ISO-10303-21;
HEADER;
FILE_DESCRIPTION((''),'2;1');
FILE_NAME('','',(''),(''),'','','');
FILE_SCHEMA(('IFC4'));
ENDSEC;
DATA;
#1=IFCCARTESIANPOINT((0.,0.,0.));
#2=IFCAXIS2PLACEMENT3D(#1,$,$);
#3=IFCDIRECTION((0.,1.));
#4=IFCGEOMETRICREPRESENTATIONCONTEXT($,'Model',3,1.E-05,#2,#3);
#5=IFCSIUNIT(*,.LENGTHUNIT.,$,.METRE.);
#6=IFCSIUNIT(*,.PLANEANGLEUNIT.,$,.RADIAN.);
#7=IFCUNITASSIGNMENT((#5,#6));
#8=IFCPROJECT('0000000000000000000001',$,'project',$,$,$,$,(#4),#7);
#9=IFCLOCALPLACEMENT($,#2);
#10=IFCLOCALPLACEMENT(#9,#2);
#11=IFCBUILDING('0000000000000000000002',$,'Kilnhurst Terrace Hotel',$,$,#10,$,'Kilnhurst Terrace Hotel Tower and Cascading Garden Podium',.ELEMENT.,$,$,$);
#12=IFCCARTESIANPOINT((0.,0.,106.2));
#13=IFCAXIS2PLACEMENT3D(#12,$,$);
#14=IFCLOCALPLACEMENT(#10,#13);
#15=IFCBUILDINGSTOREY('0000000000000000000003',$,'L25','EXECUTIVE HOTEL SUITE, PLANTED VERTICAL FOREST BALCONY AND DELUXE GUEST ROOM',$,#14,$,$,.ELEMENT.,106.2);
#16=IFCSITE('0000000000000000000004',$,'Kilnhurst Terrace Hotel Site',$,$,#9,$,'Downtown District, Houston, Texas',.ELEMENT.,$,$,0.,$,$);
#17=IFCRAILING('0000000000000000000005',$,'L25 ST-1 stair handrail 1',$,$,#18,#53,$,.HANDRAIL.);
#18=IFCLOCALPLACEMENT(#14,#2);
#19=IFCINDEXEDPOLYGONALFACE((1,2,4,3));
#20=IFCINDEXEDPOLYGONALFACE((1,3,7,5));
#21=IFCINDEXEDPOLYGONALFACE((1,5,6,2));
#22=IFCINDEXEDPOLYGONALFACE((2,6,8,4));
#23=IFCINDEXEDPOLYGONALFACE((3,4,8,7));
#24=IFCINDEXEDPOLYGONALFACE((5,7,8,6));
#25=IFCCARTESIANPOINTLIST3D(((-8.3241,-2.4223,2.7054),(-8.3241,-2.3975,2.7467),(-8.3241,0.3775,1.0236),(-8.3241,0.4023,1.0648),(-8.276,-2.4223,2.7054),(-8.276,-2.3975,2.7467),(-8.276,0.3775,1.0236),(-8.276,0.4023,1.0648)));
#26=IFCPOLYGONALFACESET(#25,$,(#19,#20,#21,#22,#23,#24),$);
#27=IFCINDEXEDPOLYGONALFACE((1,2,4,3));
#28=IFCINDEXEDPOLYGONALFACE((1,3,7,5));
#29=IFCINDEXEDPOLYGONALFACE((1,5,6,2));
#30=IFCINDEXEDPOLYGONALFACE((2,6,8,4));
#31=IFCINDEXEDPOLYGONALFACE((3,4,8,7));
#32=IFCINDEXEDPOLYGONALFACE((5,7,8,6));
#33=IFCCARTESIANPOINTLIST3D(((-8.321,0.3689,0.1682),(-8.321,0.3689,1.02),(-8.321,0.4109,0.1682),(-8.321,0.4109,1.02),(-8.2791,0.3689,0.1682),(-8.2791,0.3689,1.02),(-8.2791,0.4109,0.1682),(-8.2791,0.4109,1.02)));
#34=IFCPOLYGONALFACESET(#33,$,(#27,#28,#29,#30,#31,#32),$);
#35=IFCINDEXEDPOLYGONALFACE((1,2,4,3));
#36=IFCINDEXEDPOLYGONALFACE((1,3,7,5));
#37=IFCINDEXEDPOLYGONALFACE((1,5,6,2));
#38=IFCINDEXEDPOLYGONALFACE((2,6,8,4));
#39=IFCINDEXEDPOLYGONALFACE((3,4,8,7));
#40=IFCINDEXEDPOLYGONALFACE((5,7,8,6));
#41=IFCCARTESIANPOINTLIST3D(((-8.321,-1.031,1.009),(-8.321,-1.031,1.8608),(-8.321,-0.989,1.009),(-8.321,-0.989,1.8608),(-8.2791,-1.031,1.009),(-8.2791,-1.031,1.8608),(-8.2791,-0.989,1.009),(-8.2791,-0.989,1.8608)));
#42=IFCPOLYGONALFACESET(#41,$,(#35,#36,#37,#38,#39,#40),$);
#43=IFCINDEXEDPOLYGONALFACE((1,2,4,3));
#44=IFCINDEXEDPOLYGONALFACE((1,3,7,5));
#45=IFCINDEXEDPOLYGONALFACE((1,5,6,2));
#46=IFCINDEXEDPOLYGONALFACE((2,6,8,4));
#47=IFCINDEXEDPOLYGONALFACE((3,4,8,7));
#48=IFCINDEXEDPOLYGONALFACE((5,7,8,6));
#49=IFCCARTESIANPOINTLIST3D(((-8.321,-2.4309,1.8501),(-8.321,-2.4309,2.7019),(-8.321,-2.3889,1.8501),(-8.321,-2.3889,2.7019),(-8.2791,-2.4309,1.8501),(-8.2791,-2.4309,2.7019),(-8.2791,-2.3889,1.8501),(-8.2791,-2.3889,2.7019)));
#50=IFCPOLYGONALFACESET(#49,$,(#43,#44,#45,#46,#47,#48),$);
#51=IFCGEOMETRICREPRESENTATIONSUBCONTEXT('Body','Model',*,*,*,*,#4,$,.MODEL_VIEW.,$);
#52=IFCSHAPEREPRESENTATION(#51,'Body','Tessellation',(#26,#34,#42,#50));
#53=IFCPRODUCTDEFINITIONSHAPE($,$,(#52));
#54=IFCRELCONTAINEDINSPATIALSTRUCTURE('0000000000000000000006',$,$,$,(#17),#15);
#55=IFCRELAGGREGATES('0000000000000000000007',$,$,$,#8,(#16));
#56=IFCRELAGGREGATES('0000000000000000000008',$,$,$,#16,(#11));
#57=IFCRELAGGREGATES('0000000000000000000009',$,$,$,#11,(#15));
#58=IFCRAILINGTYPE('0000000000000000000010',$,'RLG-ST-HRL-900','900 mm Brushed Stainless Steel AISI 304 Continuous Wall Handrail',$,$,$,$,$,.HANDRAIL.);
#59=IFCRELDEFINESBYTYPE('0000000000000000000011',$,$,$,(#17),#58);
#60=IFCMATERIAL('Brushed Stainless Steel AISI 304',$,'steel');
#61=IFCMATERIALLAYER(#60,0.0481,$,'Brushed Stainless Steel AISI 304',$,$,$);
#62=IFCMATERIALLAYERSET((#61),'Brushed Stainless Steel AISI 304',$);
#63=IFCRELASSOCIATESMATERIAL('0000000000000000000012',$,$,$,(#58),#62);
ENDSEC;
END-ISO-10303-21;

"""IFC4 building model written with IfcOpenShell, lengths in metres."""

from ifc_helpers import new_model, si_unit, direction, frame, origin, origin_2d, place, context, subcontext, project, spatial, rectangle, extrude, material, layer, layer_set, type_object, element, save


model = new_model("IFC4")

# Units and contexts
model_context = context("Model", 3, precision=1e-05, world=origin(), true_north=direction((0.0, 1.0)))
body_context = subcontext(model_context, "Body", "Model", "MODEL_VIEW")
ifc_project = project(units=[si_unit("LENGTHUNIT", "METRE"), si_unit("PLANEANGLEUNIT", "RADIAN")], contexts=[model_context])

# Site, building, storey
site_placement = place(None, origin())
site = spatial("IfcSite", under=ifc_project, at=site_placement, Name="Kilnhurst Terrace Hotel Site", LongName="Downtown District, Houston, Texas", CompositionType="ELEMENT", RefElevation=0.0)
building_placement = place(site_placement, origin())
building = spatial("IfcBuilding", under=site, at=building_placement, Name="Kilnhurst Terrace Hotel", LongName="Kilnhurst Terrace Hotel Tower and Cascading Garden Podium", CompositionType="ELEMENT")
storey_placement = place(building_placement, frame((0.0, 0.0, 106.2)))
storey = spatial("IfcBuildingStorey", under=building, at=storey_placement, Name="L25", Description="EXECUTIVE HOTEL SUITE, PLANTED VERTICAL FOREST BALCONY AND DELUXE GUEST ROOM", CompositionType="ELEMENT", Elevation=106.2)

# Railing
ifc_material_1 = material(Name="Brushed Stainless Steel AISI 304", Category="steel")
ifc_layer_1 = layer(ifc_material_1, 0.0481, Name="Brushed Stainless Steel AISI 304")
ifc_layer_set_1 = layer_set([ifc_layer_1], Name="Brushed Stainless Steel AISI 304")
railing_type_1 = type_object("IfcRailingType", Name="RLG-ST-HRL-900", Description="900 mm Brushed Stainless Steel AISI 304 Continuous Wall Handrail", PredefinedType="HANDRAIL", material=ifc_layer_set_1)
railing_1_placement = place(storey_placement, frame((-8.3, 0.3899, 0.1682)))
element("IfcRailing", 1, at=railing_1_placement, inside=storey, type_object=railing_type_1, Name="L25 ST-1 stair handrail 1", PredefinedType="HANDRAIL", context=body_context, shape_type="SweptSolid", body=[
    extrude(rectangle(XDim=0.0481, YDim=0.0481, at=origin_2d()), frame((0.0, 0.0, 0.876), z_axis=(0.0, -0.857222, 0.514946), x_axis=(1.0, 0.0, 0.0)), (0.0, 0.0, 1.0), 3.2661),
    extrude(rectangle(XDim=0.042, YDim=0.042, at=origin_2d()), origin(), (0.0, 0.0, 1.0), 0.8518),
    extrude(rectangle(XDim=0.042, YDim=0.042, at=origin_2d()), frame((0.0, -1.3999, 0.8408)), (0.0, 0.0, 1.0), 0.8518),
    extrude(rectangle(XDim=0.042, YDim=0.042, at=origin_2d()), frame((0.0, -2.7998, 1.6819)), (0.0, 0.0, 1.0), 0.8518),
])

save(model, "model.ifc")
